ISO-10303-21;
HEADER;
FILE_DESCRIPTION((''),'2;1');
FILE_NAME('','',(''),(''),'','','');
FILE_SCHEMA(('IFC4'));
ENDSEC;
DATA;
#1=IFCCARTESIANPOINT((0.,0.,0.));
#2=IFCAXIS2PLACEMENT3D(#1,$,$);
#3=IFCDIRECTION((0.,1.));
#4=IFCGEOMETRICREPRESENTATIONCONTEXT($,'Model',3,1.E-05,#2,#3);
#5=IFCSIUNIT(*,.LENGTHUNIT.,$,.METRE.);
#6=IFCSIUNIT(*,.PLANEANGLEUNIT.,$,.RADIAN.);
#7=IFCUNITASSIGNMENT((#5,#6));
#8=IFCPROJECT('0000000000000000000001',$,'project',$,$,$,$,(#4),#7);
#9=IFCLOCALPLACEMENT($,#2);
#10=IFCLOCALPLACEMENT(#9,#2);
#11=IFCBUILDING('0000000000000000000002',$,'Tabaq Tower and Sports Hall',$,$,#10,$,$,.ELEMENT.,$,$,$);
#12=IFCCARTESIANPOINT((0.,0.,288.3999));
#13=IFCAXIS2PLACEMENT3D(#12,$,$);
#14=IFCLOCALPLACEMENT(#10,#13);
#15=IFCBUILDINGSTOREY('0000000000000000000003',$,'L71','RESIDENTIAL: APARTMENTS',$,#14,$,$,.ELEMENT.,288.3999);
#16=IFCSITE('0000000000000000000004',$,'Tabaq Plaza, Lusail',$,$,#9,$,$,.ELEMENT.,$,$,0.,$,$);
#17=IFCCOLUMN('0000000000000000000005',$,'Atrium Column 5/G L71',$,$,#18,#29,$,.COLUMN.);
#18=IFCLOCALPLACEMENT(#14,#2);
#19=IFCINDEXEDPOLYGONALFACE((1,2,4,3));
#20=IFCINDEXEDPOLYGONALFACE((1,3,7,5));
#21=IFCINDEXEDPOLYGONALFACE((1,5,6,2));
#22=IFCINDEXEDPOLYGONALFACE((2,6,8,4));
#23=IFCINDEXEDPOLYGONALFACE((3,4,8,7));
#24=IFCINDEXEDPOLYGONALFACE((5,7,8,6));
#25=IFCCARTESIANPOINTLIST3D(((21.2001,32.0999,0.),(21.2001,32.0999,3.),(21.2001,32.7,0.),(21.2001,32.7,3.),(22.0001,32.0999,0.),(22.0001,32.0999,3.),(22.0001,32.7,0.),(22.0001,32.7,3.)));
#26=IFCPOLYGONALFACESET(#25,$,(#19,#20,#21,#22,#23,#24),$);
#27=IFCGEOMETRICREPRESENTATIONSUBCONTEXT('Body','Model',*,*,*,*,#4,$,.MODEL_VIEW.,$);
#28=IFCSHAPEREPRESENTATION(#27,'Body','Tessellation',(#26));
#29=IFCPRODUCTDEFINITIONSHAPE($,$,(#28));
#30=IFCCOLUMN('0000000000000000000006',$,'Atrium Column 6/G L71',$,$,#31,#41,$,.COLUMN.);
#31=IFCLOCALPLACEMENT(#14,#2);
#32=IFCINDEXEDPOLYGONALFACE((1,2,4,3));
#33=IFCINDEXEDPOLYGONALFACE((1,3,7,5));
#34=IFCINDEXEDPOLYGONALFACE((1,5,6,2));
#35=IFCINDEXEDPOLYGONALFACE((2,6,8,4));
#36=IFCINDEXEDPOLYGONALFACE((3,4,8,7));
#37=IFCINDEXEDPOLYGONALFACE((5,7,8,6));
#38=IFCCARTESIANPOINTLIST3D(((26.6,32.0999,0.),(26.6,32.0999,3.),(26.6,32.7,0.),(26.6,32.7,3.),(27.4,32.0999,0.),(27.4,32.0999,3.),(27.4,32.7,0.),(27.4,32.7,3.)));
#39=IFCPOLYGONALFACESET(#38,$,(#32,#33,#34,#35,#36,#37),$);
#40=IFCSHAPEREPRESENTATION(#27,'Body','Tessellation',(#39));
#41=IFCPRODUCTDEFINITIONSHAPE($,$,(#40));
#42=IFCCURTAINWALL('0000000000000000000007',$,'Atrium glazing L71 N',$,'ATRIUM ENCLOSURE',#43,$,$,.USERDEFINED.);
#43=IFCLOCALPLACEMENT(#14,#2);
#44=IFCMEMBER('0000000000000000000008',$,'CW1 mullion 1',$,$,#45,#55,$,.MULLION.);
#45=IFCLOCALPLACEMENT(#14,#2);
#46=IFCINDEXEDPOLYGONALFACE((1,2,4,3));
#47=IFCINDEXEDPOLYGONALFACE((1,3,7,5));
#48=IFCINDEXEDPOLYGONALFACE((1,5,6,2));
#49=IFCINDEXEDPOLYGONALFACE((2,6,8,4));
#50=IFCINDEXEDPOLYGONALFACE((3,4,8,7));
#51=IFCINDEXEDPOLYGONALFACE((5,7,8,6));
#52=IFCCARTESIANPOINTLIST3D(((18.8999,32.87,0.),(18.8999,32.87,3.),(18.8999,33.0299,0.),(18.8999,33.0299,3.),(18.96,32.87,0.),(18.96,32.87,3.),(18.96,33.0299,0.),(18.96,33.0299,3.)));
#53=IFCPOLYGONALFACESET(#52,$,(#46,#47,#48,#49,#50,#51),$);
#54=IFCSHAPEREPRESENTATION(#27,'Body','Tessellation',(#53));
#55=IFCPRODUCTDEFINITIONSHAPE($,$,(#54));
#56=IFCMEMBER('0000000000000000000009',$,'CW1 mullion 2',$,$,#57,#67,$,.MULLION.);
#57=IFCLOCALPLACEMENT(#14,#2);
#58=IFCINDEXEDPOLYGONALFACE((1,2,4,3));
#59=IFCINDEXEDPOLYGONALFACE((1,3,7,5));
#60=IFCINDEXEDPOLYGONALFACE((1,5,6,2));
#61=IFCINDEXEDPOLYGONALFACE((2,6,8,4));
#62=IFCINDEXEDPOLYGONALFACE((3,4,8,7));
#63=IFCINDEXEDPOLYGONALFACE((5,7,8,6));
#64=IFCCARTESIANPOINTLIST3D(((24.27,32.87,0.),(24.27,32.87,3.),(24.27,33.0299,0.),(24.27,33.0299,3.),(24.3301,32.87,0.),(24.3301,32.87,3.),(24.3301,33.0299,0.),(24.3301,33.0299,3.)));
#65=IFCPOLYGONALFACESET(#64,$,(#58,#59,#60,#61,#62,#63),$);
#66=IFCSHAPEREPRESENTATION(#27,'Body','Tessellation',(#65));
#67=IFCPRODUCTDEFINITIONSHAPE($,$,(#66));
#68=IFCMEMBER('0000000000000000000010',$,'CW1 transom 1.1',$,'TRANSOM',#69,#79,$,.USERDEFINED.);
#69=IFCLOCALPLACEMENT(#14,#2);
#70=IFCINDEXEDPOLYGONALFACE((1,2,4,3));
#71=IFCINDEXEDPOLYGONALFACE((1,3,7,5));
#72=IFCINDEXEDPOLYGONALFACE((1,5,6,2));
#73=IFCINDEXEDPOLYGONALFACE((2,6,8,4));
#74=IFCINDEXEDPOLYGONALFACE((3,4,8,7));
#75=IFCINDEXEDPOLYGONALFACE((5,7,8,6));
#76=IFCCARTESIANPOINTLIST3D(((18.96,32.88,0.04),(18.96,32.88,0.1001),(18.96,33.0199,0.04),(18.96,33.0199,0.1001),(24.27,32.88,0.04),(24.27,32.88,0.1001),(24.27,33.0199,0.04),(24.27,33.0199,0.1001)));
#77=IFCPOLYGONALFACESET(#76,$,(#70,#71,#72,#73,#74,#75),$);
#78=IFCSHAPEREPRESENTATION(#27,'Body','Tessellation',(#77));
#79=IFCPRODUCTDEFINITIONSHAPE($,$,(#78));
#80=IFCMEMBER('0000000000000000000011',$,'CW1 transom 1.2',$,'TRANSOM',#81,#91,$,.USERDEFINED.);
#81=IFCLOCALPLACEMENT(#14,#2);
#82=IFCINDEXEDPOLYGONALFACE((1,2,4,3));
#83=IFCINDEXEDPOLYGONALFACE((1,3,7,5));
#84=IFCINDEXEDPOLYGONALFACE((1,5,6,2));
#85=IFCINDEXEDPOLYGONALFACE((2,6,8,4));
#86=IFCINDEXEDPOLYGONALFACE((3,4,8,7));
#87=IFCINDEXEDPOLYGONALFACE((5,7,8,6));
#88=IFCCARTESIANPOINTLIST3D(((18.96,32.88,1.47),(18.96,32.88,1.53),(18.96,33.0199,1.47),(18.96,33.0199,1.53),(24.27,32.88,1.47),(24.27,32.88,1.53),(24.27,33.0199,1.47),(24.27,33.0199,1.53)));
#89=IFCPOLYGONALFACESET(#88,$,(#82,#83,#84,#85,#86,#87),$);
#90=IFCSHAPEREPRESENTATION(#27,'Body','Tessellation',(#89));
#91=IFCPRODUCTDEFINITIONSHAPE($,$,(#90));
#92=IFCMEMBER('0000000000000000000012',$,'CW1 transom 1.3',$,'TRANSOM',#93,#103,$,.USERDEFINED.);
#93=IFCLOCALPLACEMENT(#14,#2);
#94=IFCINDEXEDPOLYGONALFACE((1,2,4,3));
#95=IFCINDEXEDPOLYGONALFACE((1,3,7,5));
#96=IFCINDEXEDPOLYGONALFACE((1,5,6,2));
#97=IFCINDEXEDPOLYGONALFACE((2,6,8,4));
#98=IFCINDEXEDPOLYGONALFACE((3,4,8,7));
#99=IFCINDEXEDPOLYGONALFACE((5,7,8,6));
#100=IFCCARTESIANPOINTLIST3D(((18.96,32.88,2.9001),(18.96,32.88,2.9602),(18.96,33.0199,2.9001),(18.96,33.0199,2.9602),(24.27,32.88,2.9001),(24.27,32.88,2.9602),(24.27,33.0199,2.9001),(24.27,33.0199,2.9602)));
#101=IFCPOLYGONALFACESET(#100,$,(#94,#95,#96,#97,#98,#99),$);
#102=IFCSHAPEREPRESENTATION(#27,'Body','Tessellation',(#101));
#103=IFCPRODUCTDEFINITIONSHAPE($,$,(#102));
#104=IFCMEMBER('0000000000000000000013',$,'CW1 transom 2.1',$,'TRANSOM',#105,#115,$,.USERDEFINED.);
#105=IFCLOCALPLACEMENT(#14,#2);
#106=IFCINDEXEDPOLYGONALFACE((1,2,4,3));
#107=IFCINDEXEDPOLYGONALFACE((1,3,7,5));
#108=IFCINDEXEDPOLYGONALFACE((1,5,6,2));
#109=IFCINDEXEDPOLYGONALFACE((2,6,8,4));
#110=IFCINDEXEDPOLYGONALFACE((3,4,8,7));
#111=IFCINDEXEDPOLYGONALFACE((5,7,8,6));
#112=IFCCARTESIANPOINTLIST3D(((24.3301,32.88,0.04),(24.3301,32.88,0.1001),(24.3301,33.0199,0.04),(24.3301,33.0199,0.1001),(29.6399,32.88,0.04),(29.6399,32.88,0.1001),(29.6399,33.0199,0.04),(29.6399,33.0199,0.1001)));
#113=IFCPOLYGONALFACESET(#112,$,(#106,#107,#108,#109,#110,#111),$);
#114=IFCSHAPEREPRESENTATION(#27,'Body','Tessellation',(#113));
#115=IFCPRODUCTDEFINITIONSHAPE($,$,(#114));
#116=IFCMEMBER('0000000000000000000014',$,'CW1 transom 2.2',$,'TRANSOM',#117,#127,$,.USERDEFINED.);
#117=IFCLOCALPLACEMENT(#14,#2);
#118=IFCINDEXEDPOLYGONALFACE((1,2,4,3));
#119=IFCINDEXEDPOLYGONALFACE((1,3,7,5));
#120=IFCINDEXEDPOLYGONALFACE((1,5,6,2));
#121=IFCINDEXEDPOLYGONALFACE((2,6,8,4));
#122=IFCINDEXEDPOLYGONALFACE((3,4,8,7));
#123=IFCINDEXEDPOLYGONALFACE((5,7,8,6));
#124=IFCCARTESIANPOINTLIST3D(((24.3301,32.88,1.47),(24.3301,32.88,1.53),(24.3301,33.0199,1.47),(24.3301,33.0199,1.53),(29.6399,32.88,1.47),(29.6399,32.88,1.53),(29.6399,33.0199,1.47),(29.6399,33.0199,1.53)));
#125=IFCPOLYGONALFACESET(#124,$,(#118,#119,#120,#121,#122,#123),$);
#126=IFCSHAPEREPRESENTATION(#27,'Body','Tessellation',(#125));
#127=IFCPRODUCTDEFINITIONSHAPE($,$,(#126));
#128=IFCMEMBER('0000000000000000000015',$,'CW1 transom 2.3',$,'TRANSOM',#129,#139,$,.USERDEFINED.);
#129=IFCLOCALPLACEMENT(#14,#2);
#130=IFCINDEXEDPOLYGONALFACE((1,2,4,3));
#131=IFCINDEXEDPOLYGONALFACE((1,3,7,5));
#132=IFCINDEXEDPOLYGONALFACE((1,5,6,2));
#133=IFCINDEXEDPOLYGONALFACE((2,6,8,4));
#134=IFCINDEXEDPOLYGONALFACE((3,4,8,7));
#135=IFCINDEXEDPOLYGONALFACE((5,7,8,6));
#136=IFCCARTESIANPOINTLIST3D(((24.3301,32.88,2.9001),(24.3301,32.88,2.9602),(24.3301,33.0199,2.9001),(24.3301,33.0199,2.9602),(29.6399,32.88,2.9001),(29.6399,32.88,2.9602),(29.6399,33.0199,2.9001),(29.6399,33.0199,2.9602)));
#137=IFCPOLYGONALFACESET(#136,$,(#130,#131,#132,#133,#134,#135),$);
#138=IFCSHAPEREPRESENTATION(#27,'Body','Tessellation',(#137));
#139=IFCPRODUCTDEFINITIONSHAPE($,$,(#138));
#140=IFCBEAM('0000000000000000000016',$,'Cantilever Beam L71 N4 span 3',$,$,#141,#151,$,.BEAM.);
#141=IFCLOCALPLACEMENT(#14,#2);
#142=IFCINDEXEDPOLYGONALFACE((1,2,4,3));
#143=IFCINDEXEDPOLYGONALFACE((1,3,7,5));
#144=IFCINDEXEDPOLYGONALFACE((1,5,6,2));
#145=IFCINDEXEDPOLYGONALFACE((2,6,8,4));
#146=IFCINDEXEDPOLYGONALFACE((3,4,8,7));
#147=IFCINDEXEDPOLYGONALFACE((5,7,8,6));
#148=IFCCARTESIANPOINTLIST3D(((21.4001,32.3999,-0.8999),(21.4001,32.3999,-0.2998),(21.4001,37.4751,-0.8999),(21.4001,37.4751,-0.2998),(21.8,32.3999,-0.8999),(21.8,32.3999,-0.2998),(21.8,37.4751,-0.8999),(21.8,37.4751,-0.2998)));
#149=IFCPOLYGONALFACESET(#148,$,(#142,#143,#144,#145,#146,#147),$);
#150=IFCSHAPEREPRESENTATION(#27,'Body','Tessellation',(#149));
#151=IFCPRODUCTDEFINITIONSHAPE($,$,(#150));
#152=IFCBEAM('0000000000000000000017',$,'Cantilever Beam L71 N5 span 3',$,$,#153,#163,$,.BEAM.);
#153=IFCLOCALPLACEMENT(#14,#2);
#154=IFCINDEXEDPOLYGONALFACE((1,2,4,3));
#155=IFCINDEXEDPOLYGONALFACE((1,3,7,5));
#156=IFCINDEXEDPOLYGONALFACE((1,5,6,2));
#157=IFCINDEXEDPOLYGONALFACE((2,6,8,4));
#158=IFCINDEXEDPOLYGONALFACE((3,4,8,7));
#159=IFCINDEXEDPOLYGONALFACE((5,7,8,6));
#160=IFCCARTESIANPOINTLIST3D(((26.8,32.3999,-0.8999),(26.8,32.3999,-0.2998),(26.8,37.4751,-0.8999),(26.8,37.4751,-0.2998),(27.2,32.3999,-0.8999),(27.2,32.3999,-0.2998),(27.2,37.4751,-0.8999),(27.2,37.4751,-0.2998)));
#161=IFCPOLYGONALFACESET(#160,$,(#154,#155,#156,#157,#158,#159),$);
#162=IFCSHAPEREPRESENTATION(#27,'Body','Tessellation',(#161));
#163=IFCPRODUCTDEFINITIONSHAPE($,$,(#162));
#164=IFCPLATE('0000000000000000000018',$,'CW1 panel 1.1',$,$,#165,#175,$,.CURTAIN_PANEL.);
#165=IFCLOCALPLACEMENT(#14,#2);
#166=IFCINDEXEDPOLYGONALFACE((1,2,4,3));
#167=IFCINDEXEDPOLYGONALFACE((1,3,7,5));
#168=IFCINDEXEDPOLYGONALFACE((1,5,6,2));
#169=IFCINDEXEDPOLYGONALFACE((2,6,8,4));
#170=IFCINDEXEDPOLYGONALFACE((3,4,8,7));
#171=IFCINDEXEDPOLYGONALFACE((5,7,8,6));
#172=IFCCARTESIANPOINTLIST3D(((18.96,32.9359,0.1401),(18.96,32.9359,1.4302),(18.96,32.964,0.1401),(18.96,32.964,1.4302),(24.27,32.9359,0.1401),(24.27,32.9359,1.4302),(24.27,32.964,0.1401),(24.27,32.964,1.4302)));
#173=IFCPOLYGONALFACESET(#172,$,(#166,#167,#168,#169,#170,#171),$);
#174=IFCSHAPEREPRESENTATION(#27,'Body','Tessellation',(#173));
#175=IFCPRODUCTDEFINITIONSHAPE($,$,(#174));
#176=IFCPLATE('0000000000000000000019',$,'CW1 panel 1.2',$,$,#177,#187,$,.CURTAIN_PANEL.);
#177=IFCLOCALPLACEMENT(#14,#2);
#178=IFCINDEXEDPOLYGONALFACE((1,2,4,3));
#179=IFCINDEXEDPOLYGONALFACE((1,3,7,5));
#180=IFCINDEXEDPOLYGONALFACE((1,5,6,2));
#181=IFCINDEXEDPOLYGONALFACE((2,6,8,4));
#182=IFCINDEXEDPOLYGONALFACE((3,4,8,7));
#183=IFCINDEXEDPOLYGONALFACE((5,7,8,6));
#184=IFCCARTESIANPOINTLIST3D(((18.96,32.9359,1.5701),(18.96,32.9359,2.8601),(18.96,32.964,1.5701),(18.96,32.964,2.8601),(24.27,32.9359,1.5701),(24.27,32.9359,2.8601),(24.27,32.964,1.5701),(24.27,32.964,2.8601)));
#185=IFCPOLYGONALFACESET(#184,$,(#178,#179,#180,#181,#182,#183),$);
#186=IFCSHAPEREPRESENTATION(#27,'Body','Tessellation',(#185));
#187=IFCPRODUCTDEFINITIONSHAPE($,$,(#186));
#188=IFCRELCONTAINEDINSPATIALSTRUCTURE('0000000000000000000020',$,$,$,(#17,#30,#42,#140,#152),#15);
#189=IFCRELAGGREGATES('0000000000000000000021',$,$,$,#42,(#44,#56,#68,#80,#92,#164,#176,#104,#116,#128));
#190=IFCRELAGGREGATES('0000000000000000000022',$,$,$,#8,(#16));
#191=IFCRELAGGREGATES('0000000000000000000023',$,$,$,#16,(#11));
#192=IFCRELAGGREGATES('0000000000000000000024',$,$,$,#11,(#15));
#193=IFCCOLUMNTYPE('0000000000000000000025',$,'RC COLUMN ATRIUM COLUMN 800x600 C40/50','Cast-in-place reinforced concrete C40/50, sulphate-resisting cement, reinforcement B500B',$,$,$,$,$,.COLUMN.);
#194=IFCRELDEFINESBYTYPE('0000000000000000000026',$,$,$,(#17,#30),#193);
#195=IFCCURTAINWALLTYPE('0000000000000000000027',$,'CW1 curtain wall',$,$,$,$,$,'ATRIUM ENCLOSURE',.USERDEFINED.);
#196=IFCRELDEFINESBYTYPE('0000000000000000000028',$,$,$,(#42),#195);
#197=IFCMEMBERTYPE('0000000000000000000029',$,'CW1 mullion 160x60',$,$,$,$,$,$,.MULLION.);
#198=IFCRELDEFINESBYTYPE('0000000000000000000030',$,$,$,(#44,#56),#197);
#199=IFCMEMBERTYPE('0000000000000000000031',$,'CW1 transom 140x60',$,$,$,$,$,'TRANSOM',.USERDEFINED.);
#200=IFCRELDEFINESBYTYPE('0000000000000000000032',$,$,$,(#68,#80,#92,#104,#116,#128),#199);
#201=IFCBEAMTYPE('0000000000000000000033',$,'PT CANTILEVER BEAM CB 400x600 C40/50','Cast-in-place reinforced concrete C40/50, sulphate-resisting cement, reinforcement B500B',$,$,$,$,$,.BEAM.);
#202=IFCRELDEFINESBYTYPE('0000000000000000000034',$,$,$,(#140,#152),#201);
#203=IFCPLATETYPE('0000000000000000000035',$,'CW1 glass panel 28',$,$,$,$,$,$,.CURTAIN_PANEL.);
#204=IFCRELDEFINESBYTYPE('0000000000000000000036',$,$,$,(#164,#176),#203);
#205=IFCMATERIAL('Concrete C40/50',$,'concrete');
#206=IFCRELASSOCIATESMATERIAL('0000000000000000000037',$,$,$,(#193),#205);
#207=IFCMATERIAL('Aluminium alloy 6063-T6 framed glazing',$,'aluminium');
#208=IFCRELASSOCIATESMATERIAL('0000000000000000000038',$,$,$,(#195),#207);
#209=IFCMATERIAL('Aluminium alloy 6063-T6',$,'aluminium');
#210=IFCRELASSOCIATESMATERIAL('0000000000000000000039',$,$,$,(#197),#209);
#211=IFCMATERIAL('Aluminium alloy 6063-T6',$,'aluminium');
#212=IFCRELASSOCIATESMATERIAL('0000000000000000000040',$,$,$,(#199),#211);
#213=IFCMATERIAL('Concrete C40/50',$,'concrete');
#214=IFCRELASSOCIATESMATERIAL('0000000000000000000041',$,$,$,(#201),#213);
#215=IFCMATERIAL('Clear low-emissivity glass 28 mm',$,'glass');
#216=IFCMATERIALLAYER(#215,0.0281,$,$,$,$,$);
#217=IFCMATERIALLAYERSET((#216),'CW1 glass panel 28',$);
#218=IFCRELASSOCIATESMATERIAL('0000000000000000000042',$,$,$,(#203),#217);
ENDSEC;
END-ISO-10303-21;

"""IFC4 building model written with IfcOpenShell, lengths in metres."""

from ifc_helpers import new_model, si_unit, direction, frame, origin, origin_2d, place, context, subcontext, project, spatial, rectangle, extrude, material, layer, layer_set, material_profile, profile_set, type_object, element, aggregate, save


model = new_model("IFC4")

# Units and contexts
model_context = context("Model", 3, precision=1e-05, world=origin(), true_north=direction((0.0, 1.0)))
body_context = subcontext(model_context, "Body", "Model", "MODEL_VIEW")
ifc_project = project(units=[si_unit("LENGTHUNIT", "METRE"), si_unit("PLANEANGLEUNIT", "RADIAN")], contexts=[model_context])

# Site, building, storey
site_placement = place(None, origin())
site = spatial("IfcSite", under=ifc_project, at=site_placement, Name="Tabaq Plaza, Lusail", CompositionType="ELEMENT", RefElevation=0.0)
building_placement = place(site_placement, origin())
building = spatial("IfcBuilding", under=site, at=building_placement, Name="Tabaq Tower and Sports Hall", CompositionType="ELEMENT")
storey_placement = place(building_placement, frame((0.0, 0.0, 288.3999)))
storey = spatial("IfcBuildingStorey", under=building, at=storey_placement, Name="L71", Description="RESIDENTIAL: APARTMENTS", CompositionType="ELEMENT", Elevation=288.3999)

# Columns
ifc_material_1 = material(Name="Concrete C40/50", Category="concrete")
ifc_material_profile_1 = material_profile(ifc_material_1, rectangle(XDim=0.8, YDim=0.6001, at=origin_2d()), Name="ATRIUM COLUMN 800x600")
ifc_profile_set_1 = profile_set([ifc_material_profile_1], Name="Concrete C40/50")
column_type = type_object("IfcColumnType", Name="RC COLUMN ATRIUM COLUMN 800x600 C40/50", Description="Cast-in-place reinforced concrete C40/50, sulphate-resisting cement, reinforcement B500B", PredefinedType="COLUMN", material=ifc_profile_set_1)
for number, where, z_axis, x_axis, name in (
    (1, (21.6001, 32.3999, 0.0), (0.0, 0.0, 1.0), (1.0, 0.0, 0.0), "Atrium Column 5/G L71"),
    (2, (27.0, 32.3999, 0.0), (0.0, 0.0, 1.0), (1.0, 0.0, 0.0), "Atrium Column 6/G L71"),
):
    element("IfcColumn", number, at=place(storey_placement, frame(where, z_axis=z_axis, x_axis=x_axis)), inside=storey, type_object=column_type, Name=name, PredefinedType="COLUMN", context=body_context, shape_type="SweptSolid", body=[
        extrude(rectangle(XDim=0.8, YDim=0.6001, at=origin_2d()), origin(), (0.0, 0.0, 1.0), 3.0),
    ])

# Curtain wall, members
ifc_material_2 = material(Name="Aluminium alloy 6063-T6 framed glazing", Category="aluminium")
curtain_wall_type = type_object("IfcCurtainWallType", Name="CW1 curtain wall", ElementType="ATRIUM ENCLOSURE", PredefinedType="USERDEFINED", material=ifc_material_2)
curtain_wall_placement = place(storey_placement, origin())
curtain_wall = element("IfcCurtainWall", 3, at=curtain_wall_placement, inside=storey, type_object=curtain_wall_type, Name="Atrium glazing L71 N", ObjectType="ATRIUM ENCLOSURE", PredefinedType="USERDEFINED")
ifc_material_3 = material(Name="Aluminium alloy 6063-T6", Category="aluminium")
ifc_material_profile_2 = material_profile(ifc_material_3, rectangle(XDim=0.1599, YDim=0.0601, at=origin_2d()), Name="MULLION 160x60")
ifc_profile_set_2 = profile_set([ifc_material_profile_2], Name="Aluminium alloy 6063-T6")
member_type_1 = type_object("IfcMemberType", Name="CW1 mullion 160x60", PredefinedType="MULLION", material=ifc_profile_set_2)
member_1_placement = place(storey_placement, frame((18.9299, 32.95, 0.0), z_axis=(0.0, 0.0, 1.0), x_axis=(0.0, 1.0, 0.0)))
member_1 = element("IfcMember", 4, at=member_1_placement, type_object=member_type_1, Name="CW1 mullion 1", PredefinedType="MULLION", context=body_context, shape_type="SweptSolid", body=[
    extrude(rectangle(XDim=0.1599, YDim=0.0601, at=origin_2d()), origin(), (0.0, 0.0, 1.0), 3.0),
])
member_2_placement = place(storey_placement, frame((24.3, 32.95, 0.0), z_axis=(0.0, 0.0, 1.0), x_axis=(0.0, 1.0, 0.0)))
member_2 = element("IfcMember", 5, at=member_2_placement, type_object=member_type_1, Name="CW1 mullion 2", PredefinedType="MULLION", context=body_context, shape_type="SweptSolid", body=[
    extrude(rectangle(XDim=0.1599, YDim=0.0601, at=origin_2d()), origin(), (0.0, 0.0, 1.0), 3.0),
])
ifc_material_4 = material(Name="Aluminium alloy 6063-T6", Category="aluminium")
ifc_material_profile_3 = material_profile(ifc_material_4, rectangle(XDim=0.1399, YDim=0.0601, at=origin_2d()), Name="TRANSOM 140x60")
ifc_profile_set_3 = profile_set([ifc_material_profile_3], Name="Aluminium alloy 6063-T6")
member_type_2 = type_object("IfcMemberType", Name="CW1 transom 140x60", ElementType="TRANSOM", PredefinedType="USERDEFINED", material=ifc_profile_set_3)
member_3_placement = place(storey_placement, frame((18.96, 32.95, 0.0701), z_axis=(1.0, 0.0, 0.0), x_axis=(0.0, 1.0, 0.0)))
member_3 = element("IfcMember", 6, at=member_3_placement, type_object=member_type_2, Name="CW1 transom 1.1", ObjectType="TRANSOM", PredefinedType="USERDEFINED", context=body_context, shape_type="SweptSolid", body=[
    extrude(rectangle(XDim=0.1399, YDim=0.0601, at=origin_2d()), origin(), (0.0, 0.0, 1.0), 5.3101),
])
member_4_placement = place(storey_placement, frame((18.96, 32.95, 1.5), z_axis=(1.0, 0.0, 0.0), x_axis=(0.0, 1.0, 0.0)))
member_4 = element("IfcMember", 7, at=member_4_placement, type_object=member_type_2, Name="CW1 transom 1.2", ObjectType="TRANSOM", PredefinedType="USERDEFINED", context=body_context, shape_type="SweptSolid", body=[
    extrude(rectangle(XDim=0.1399, YDim=0.0601, at=origin_2d()), origin(), (0.0, 0.0, 1.0), 5.3101),
])
member_5_placement = place(storey_placement, frame((18.96, 32.95, 2.9302), z_axis=(1.0, 0.0, 0.0), x_axis=(0.0, 1.0, 0.0)))
member_5 = element("IfcMember", 8, at=member_5_placement, type_object=member_type_2, Name="CW1 transom 1.3", ObjectType="TRANSOM", PredefinedType="USERDEFINED", context=body_context, shape_type="SweptSolid", body=[
    extrude(rectangle(XDim=0.1399, YDim=0.0601, at=origin_2d()), origin(), (0.0, 0.0, 1.0), 5.3101),
])
member_6_placement = place(storey_placement, frame((24.3301, 32.95, 0.0701), z_axis=(1.0, 0.0, 0.0), x_axis=(0.0, 1.0, 0.0)))
member_6 = element("IfcMember", 9, at=member_6_placement, type_object=member_type_2, Name="CW1 transom 2.1", ObjectType="TRANSOM", PredefinedType="USERDEFINED", context=body_context, shape_type="SweptSolid", body=[
    extrude(rectangle(XDim=0.1399, YDim=0.0601, at=origin_2d()), origin(), (0.0, 0.0, 1.0), 5.3098),
])
member_7_placement = place(storey_placement, frame((24.3301, 32.95, 1.5), z_axis=(1.0, 0.0, 0.0), x_axis=(0.0, 1.0, 0.0)))
member_7 = element("IfcMember", 10, at=member_7_placement, type_object=member_type_2, Name="CW1 transom 2.2", ObjectType="TRANSOM", PredefinedType="USERDEFINED", context=body_context, shape_type="SweptSolid", body=[
    extrude(rectangle(XDim=0.1399, YDim=0.0601, at=origin_2d()), origin(), (0.0, 0.0, 1.0), 5.3098),
])
member_8_placement = place(storey_placement, frame((24.3301, 32.95, 2.9302), z_axis=(1.0, 0.0, 0.0), x_axis=(0.0, 1.0, 0.0)))
member_8 = element("IfcMember", 11, at=member_8_placement, type_object=member_type_2, Name="CW1 transom 2.3", ObjectType="TRANSOM", PredefinedType="USERDEFINED", context=body_context, shape_type="SweptSolid", body=[
    extrude(rectangle(XDim=0.1399, YDim=0.0601, at=origin_2d()), origin(), (0.0, 0.0, 1.0), 5.3098),
])

# Beams
ifc_material_5 = material(Name="Concrete C40/50", Category="concrete")
ifc_material_profile_4 = material_profile(ifc_material_5, rectangle(XDim=0.3999, YDim=0.6001, at=origin_2d()), Name="CB 400x600")
ifc_profile_set_4 = profile_set([ifc_material_profile_4], Name="Concrete C40/50")
beam_type = type_object("IfcBeamType", Name="PT CANTILEVER BEAM CB 400x600 C40/50", Description="Cast-in-place reinforced concrete C40/50, sulphate-resisting cement, reinforcement B500B", PredefinedType="BEAM", material=ifc_profile_set_4)
for number, where, z_axis, x_axis, name in (
    (12, (21.6001, 37.4751, -0.5999), (0.0, -1.0, 0.0), (1.0, 0.0, 0.0), "Cantilever Beam L71 N4 span 3"),
    (13, (27.0, 37.4751, -0.5999), (0.0, -1.0, 0.0), (1.0, 0.0, 0.0), "Cantilever Beam L71 N5 span 3"),
):
    element("IfcBeam", number, at=place(storey_placement, frame(where, z_axis=z_axis, x_axis=x_axis)), inside=storey, type_object=beam_type, Name=name, PredefinedType="BEAM", context=body_context, shape_type="SweptSolid", body=[
        extrude(rectangle(XDim=0.3999, YDim=0.6001, at=origin_2d()), origin(), (0.0, 0.0, 1.0), 5.0752),
    ])

# Plates
ifc_material_6 = material(Name="Clear low-emissivity glass 28 mm", Category="glass")
ifc_layer_1 = layer(ifc_material_6, 0.0281)
ifc_layer_set_1 = layer_set([ifc_layer_1], Name="CW1 glass panel 28")
plate_type = type_object("IfcPlateType", Name="CW1 glass panel 28", PredefinedType="CURTAIN_PANEL", material=ifc_layer_set_1)
plate_1_placement = place(storey_placement, frame((21.615, 32.95, 0.1401), z_axis=(0.0, 0.0, 1.0), x_axis=(1.0, 0.0, 0.0)))
plate_1 = element("IfcPlate", 14, at=plate_1_placement, type_object=plate_type, Name="CW1 panel 1.1", PredefinedType="CURTAIN_PANEL", context=body_context, shape_type="SweptSolid", body=[
    extrude(rectangle(XDim=5.3101, YDim=0.0281, at=origin_2d()), origin(), (0.0, 0.0, 1.0), 1.29),
])
plate_2_placement = place(storey_placement, frame((21.615, 32.95, 1.5701), z_axis=(0.0, 0.0, 1.0), x_axis=(1.0, 0.0, 0.0)))
plate_2 = element("IfcPlate", 15, at=plate_2_placement, type_object=plate_type, Name="CW1 panel 1.2", PredefinedType="CURTAIN_PANEL", context=body_context, shape_type="SweptSolid", body=[
    extrude(rectangle(XDim=5.3101, YDim=0.0281, at=origin_2d()), origin(), (0.0, 0.0, 1.0), 1.29),
])
aggregate(curtain_wall, [member_1, member_2, member_3, member_4, member_5, plate_1, plate_2, member_6, member_7, member_8])

save(model, "model.ifc")
